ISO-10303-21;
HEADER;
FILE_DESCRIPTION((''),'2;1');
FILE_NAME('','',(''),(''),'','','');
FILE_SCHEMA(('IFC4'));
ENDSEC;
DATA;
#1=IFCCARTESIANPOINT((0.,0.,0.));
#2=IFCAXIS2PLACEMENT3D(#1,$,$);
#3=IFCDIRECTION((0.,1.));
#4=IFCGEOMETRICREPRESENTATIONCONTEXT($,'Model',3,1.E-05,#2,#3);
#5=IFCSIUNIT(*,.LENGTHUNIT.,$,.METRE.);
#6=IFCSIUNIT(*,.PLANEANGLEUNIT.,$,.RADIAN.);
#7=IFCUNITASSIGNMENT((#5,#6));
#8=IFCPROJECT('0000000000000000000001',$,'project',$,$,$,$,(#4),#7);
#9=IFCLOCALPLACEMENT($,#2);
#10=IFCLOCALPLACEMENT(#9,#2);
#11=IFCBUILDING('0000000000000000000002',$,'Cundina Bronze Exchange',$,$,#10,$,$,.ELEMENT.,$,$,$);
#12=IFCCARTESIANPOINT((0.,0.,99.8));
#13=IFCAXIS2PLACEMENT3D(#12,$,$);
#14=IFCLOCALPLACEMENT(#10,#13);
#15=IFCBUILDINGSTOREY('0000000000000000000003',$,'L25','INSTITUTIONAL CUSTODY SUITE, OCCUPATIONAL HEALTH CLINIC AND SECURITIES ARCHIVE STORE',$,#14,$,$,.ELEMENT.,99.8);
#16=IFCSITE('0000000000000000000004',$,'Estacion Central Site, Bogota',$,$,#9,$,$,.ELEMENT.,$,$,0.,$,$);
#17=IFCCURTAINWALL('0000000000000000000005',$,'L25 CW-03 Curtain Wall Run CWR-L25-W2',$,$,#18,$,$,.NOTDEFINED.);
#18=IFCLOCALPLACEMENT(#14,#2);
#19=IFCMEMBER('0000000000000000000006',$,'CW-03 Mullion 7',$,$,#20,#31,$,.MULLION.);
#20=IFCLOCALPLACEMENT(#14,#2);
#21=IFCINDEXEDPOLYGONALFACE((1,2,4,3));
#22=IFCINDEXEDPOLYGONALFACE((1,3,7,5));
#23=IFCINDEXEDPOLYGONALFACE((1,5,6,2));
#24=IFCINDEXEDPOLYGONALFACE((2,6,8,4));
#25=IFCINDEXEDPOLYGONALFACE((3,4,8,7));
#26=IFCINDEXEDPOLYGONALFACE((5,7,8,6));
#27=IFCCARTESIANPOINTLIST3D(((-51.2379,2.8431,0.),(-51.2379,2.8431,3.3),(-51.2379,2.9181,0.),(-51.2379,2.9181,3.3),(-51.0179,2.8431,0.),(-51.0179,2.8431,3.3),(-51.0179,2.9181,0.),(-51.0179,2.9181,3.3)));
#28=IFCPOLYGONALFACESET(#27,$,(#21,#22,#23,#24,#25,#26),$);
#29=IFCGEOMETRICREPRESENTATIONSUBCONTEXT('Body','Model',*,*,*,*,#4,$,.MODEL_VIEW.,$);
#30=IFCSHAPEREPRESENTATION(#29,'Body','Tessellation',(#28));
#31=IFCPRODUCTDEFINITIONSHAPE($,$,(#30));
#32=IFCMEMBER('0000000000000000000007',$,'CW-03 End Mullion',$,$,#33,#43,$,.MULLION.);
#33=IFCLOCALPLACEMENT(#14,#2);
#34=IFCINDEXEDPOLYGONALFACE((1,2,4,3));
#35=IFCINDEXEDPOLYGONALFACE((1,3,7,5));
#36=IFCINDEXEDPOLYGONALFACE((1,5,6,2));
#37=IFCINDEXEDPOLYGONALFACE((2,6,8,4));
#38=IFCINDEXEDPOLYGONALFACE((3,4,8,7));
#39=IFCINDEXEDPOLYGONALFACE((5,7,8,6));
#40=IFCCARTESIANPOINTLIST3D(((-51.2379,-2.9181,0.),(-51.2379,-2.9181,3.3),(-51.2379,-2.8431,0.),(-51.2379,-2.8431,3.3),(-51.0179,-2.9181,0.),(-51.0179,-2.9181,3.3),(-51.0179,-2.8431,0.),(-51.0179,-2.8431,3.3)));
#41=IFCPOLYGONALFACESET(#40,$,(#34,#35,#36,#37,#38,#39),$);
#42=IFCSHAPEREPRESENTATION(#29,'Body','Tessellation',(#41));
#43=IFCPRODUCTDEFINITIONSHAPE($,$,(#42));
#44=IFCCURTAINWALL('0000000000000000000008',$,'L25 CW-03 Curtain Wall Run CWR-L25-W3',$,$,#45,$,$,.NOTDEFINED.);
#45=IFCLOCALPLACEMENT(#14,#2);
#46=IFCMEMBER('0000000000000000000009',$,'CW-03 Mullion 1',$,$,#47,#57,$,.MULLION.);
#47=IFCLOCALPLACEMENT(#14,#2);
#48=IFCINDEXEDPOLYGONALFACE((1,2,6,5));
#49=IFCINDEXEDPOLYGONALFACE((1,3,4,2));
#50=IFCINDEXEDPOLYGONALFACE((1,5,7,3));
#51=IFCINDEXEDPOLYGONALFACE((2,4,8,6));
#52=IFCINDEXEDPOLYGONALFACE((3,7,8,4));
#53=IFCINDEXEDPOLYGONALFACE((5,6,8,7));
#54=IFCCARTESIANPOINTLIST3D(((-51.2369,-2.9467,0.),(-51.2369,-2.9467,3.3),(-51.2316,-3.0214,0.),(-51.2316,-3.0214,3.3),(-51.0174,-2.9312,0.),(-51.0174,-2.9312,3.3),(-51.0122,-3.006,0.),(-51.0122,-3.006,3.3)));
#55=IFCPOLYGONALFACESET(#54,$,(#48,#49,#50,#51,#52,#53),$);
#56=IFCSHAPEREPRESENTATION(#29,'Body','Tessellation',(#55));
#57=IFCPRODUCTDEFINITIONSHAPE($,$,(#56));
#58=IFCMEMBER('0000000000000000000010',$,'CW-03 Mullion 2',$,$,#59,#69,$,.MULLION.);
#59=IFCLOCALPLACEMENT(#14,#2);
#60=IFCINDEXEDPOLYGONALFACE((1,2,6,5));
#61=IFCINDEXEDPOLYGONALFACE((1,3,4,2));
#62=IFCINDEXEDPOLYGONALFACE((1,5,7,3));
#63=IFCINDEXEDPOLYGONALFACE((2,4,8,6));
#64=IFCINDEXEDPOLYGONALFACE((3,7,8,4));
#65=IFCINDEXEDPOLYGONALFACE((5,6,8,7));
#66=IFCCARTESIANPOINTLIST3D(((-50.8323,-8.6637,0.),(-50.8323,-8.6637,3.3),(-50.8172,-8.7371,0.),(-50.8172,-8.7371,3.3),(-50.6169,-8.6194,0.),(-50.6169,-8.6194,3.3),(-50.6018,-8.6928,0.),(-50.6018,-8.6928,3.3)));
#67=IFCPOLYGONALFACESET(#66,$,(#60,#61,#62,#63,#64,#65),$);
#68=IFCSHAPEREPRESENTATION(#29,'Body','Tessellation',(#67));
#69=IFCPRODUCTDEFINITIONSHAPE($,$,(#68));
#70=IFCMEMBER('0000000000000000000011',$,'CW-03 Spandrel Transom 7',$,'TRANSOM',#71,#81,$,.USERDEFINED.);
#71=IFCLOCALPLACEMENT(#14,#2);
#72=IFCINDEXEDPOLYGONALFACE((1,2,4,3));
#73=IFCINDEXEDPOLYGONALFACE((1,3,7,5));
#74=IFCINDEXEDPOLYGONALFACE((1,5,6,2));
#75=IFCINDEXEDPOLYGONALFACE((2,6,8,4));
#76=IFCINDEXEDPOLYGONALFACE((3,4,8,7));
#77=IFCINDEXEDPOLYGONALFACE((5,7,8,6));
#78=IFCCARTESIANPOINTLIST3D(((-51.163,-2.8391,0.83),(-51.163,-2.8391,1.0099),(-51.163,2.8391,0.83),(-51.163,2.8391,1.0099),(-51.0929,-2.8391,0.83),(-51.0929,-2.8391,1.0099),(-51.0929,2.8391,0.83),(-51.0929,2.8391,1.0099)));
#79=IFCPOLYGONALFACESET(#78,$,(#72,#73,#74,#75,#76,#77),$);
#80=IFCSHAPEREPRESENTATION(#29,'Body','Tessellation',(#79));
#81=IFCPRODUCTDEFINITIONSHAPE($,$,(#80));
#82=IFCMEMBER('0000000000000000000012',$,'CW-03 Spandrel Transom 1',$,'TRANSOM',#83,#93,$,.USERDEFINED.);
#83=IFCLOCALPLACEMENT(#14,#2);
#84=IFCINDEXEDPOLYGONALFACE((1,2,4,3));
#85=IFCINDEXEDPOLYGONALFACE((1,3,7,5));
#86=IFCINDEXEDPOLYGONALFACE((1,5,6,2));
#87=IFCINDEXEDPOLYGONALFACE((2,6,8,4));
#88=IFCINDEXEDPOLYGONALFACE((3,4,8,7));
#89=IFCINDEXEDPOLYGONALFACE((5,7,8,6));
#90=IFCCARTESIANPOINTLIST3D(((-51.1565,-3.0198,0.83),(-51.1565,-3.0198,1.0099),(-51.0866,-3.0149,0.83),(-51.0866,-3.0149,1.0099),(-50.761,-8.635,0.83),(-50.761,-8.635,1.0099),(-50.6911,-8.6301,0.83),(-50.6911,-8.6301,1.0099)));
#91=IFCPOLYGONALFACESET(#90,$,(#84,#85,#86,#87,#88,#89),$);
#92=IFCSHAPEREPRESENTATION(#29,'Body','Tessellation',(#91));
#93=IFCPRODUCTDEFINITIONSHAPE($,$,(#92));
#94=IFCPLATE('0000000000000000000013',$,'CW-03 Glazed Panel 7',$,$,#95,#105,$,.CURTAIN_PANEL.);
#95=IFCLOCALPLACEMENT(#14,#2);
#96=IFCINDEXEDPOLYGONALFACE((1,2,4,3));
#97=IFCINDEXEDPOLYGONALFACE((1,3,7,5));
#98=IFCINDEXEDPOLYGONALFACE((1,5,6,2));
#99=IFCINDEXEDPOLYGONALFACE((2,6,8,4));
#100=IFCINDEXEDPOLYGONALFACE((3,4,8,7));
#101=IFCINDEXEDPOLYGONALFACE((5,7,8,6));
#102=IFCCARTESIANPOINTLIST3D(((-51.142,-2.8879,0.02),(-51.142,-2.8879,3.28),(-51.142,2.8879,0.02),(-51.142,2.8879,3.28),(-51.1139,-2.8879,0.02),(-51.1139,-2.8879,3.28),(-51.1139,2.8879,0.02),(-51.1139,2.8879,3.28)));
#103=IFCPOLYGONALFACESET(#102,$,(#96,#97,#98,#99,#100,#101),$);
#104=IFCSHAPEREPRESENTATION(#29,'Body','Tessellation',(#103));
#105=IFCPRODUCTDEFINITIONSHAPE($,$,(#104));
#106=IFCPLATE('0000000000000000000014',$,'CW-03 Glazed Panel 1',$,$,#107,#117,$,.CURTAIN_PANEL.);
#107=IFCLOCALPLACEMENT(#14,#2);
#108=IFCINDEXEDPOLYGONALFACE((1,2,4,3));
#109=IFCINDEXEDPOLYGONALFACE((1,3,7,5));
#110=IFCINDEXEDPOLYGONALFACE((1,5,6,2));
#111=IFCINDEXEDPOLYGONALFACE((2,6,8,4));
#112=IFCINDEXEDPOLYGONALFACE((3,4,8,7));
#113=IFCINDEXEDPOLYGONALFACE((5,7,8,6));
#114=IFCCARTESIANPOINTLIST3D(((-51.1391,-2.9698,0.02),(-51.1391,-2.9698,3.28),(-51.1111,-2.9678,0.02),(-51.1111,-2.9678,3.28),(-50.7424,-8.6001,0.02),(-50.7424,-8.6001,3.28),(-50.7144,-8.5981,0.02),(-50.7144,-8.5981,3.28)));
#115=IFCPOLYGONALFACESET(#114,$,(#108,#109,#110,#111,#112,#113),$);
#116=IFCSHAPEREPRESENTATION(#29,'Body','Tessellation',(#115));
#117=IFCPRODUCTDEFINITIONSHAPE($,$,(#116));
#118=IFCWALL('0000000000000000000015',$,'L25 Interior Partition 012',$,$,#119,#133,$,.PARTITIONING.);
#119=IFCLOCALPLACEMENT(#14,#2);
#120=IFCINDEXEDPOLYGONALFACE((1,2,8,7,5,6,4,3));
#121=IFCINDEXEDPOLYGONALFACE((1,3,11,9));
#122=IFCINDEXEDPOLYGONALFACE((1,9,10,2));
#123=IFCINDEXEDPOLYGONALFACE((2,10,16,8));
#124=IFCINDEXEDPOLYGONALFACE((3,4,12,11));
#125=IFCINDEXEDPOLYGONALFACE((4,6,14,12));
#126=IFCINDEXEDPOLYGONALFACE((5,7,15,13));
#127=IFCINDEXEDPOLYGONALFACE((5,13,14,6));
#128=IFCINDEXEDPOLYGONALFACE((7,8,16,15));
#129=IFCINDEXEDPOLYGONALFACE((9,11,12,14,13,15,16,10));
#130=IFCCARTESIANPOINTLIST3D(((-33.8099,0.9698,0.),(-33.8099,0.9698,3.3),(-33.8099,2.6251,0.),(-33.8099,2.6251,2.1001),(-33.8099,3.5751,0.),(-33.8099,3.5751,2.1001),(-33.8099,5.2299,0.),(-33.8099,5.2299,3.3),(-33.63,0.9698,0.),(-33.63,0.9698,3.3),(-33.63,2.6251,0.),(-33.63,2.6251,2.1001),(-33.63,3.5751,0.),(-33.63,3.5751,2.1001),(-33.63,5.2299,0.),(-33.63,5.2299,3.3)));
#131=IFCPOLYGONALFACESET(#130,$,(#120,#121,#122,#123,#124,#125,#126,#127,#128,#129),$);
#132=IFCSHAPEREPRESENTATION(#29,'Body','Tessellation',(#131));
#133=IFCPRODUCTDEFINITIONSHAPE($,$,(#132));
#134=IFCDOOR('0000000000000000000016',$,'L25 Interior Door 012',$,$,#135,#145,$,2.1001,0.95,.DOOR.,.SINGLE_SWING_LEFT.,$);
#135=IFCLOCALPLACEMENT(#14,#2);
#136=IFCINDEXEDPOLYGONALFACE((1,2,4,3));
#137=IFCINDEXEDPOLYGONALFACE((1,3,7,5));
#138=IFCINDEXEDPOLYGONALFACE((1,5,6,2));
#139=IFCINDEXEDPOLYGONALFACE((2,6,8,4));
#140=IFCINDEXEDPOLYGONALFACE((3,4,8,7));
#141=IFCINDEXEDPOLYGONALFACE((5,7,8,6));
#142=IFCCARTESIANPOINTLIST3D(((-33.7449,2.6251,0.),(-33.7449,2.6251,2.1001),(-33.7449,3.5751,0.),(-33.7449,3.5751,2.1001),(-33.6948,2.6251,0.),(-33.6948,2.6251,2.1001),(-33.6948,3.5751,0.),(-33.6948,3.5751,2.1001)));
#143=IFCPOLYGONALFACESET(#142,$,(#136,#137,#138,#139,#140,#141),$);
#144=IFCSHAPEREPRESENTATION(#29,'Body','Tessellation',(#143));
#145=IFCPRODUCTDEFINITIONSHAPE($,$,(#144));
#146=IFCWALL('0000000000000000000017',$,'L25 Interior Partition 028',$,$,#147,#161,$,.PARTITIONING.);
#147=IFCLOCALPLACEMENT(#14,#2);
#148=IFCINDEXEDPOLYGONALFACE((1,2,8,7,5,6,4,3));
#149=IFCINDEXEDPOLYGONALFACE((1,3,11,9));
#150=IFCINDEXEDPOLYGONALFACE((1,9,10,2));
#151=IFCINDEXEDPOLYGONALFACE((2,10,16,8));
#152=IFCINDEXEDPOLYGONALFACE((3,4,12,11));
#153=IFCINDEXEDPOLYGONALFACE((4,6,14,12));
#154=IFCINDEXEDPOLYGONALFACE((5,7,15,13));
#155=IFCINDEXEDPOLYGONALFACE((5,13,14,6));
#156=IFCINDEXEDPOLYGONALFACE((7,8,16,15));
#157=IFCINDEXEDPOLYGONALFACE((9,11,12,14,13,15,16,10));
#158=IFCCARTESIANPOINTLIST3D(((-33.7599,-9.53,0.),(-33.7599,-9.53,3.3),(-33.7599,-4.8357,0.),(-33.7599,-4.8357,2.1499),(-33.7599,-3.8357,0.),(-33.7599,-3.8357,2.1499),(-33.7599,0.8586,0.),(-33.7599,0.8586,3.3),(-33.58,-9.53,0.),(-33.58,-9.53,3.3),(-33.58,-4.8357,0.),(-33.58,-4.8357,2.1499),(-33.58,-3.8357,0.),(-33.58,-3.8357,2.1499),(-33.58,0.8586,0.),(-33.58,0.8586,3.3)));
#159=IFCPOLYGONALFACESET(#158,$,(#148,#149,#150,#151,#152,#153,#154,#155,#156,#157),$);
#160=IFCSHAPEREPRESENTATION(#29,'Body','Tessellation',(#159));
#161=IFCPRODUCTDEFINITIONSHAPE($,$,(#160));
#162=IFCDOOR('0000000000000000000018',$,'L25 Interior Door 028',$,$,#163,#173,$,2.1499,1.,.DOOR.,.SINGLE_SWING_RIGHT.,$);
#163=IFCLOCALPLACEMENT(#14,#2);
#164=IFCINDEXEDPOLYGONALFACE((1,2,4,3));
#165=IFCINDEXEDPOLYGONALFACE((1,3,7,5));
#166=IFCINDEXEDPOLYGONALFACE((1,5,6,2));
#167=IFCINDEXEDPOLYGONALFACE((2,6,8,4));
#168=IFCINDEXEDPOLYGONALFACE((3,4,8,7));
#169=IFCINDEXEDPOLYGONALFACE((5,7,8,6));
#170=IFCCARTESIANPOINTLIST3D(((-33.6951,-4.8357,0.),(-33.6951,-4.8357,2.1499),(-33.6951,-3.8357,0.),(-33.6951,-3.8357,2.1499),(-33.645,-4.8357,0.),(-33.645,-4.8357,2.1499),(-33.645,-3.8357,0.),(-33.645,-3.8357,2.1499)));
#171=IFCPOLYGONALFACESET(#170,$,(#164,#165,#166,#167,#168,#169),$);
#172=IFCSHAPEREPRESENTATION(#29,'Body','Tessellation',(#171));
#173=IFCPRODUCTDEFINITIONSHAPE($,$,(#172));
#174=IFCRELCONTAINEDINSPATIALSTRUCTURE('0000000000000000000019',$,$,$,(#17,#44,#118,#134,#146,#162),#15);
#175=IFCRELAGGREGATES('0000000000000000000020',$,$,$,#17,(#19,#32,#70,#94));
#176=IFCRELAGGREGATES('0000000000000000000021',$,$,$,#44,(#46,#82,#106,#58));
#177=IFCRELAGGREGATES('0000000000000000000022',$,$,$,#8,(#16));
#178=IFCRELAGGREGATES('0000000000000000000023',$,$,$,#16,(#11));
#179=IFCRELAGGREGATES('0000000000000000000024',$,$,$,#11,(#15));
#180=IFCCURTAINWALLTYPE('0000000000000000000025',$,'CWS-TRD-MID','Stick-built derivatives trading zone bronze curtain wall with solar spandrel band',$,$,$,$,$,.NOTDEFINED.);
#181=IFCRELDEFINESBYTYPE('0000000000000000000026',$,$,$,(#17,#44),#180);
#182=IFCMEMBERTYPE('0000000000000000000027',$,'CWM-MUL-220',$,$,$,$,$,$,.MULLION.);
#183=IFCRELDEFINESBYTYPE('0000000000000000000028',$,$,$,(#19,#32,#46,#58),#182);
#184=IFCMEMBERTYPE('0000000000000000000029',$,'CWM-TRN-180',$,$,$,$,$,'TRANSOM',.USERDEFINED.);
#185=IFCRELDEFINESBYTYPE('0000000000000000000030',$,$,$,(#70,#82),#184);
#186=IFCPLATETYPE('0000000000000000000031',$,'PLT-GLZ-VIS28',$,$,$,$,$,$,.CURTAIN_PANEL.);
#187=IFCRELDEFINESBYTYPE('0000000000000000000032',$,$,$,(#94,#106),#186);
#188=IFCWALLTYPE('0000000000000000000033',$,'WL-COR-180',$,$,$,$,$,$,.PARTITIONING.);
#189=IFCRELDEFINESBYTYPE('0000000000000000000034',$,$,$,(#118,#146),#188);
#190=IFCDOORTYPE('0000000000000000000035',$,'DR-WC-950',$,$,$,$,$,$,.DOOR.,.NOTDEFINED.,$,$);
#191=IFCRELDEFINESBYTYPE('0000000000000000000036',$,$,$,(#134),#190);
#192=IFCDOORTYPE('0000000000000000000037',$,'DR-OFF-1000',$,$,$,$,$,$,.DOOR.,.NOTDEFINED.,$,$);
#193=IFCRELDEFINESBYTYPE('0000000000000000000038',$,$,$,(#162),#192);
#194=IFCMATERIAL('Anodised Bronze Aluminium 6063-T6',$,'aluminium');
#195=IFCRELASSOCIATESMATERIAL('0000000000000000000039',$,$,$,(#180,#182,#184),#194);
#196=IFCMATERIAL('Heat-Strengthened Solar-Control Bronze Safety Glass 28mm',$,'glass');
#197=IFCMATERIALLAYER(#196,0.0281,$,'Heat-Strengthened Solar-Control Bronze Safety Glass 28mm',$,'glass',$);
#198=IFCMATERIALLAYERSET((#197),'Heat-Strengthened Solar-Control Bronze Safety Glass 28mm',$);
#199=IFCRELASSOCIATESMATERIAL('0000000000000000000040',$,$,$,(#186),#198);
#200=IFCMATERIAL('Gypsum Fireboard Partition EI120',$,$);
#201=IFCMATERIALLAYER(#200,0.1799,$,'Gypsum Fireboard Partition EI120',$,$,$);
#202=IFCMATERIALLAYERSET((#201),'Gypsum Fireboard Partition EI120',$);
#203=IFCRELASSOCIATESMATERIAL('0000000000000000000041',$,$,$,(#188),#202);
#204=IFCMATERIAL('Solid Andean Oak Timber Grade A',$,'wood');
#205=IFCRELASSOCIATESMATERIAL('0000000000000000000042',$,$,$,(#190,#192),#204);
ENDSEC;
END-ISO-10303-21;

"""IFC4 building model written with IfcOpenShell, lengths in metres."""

from ifc_helpers import new_model, si_unit, direction, frame, frame_2d, origin, origin_2d, place, context, subcontext, project, spatial, rectangle, extrude, material, layer, layer_set, material_profile, profile_set, type_object, element, fill, aggregate, save


model = new_model("IFC4")

# Units and contexts
model_context = context("Model", 3, precision=1e-05, world=origin(), true_north=direction((0.0, 1.0)))
body_context = subcontext(model_context, "Body", "Model", "MODEL_VIEW")
ifc_project = project(units=[si_unit("LENGTHUNIT", "METRE"), si_unit("PLANEANGLEUNIT", "RADIAN")], contexts=[model_context])

# Site, building, storey
site_placement = place(None, origin())
site = spatial("IfcSite", under=ifc_project, at=site_placement, Name="Estacion Central Site, Bogota", CompositionType="ELEMENT", RefElevation=0.0)
building_placement = place(site_placement, origin())
building = spatial("IfcBuilding", under=site, at=building_placement, Name="Cundina Bronze Exchange", CompositionType="ELEMENT")
storey_placement = place(building_placement, frame((0.0, 0.0, 99.8)))
storey = spatial("IfcBuildingStorey", under=building, at=storey_placement, Name="L25", Description="INSTITUTIONAL CUSTODY SUITE, OCCUPATIONAL HEALTH CLINIC AND SECURITIES ARCHIVE STORE", CompositionType="ELEMENT", Elevation=99.8)

# Curtain walls, members
ifc_material_1 = material(Name="Anodised Bronze Aluminium 6063-T6", Category="aluminium")
curtain_wall_type = type_object("IfcCurtainWallType", Name="CWS-TRD-MID", Description="Stick-built derivatives trading zone bronze curtain wall with solar spandrel band", PredefinedType="NOTDEFINED", material=ifc_material_1)
curtain_wall_1_placement = place(storey_placement, origin())
curtain_wall_1 = element("IfcCurtainWall", 1, at=curtain_wall_1_placement, inside=storey, type_object=curtain_wall_type, Name="L25 CW-03 Curtain Wall Run CWR-L25-W2", PredefinedType="NOTDEFINED")
ifc_material_profile_1 = material_profile(ifc_material_1, rectangle(XDim=0.075, YDim=0.22, at=origin_2d()), Name="AL75X220", Category="aluminium")
ifc_profile_set_1 = profile_set([ifc_material_profile_1], Name="Anodised Bronze Aluminium 6063-T6")
member_type_1 = type_object("IfcMemberType", Name="CWM-MUL-220", PredefinedType="MULLION", material=ifc_profile_set_1)
member_1_placement = place(storey_placement, frame((-51.1279, 2.8806, 0.0), z_axis=(0.0, 0.0, 1.0), x_axis=(0.0, -1.0, 0.0)))
member_1 = element("IfcMember", 2, at=member_1_placement, type_object=member_type_1, Name="CW-03 Mullion 7", PredefinedType="MULLION", context=body_context, shape_type="SweptSolid", body=[
    extrude(rectangle(XDim=0.075, YDim=0.22, at=origin_2d()), origin(), (0.0, 0.0, 1.0), 3.3),
])
member_2_placement = place(storey_placement, frame((-51.1279, -2.8806, 0.0), z_axis=(0.0, 0.0, 1.0), x_axis=(0.0, -1.0, 0.0)))
member_2 = element("IfcMember", 3, at=member_2_placement, type_object=member_type_1, Name="CW-03 End Mullion", PredefinedType="MULLION", context=body_context, shape_type="SweptSolid", body=[
    extrude(rectangle(XDim=0.075, YDim=0.22, at=origin_2d()), origin(), (0.0, 0.0, 1.0), 3.3),
])
curtain_wall_2_placement = place(storey_placement, origin())
curtain_wall_2 = element("IfcCurtainWall", 4, at=curtain_wall_2_placement, inside=storey, type_object=curtain_wall_type, Name="L25 CW-03 Curtain Wall Run CWR-L25-W3", PredefinedType="NOTDEFINED")
member_3_placement = place(storey_placement, frame((-51.1245, -2.9763, 0.0), z_axis=(0.0, 0.0, 1.0), x_axis=(0.070279, -0.997527, 0.0)))
member_3 = element("IfcMember", 5, at=member_3_placement, type_object=member_type_1, Name="CW-03 Mullion 1", PredefinedType="MULLION", context=body_context, shape_type="SweptSolid", body=[
    extrude(rectangle(XDim=0.075, YDim=0.22, at=origin_2d()), origin(), (0.0, 0.0, 1.0), 3.3),
])
member_4_placement = place(storey_placement, frame((-50.717, -8.6782, 0.0), z_axis=(0.0, 0.0, 1.0), x_axis=(0.20142, -0.979505, 0.0)))
member_4 = element("IfcMember", 6, at=member_4_placement, type_object=member_type_1, Name="CW-03 Mullion 2", PredefinedType="MULLION", context=body_context, shape_type="SweptSolid", body=[
    extrude(rectangle(XDim=0.075, YDim=0.22, at=origin_2d()), origin(), (0.0, 0.0, 1.0), 3.3),
])

# Members
ifc_material_profile_2 = material_profile(ifc_material_1, rectangle(XDim=0.0701, YDim=0.1799, at=origin_2d()), Name="AL70X180", Category="aluminium")
ifc_profile_set_2 = profile_set([ifc_material_profile_2], Name="Anodised Bronze Aluminium 6063-T6")
member_type_2 = type_object("IfcMemberType", Name="CWM-TRN-180", ElementType="TRANSOM", PredefinedType="USERDEFINED", material=ifc_profile_set_2)
member_5_placement = place(storey_placement, frame((-51.1279, 2.8391, 0.9199), z_axis=(0.0, -1.0, 0.0), x_axis=(1.0, 0.0, 0.0)))
member_5 = element("IfcMember", 7, at=member_5_placement, type_object=member_type_2, Name="CW-03 Spandrel Transom 7", ObjectType="TRANSOM", PredefinedType="USERDEFINED", context=body_context, shape_type="SweptSolid", body=[
    extrude(rectangle(XDim=0.0701, YDim=0.1799, at=origin_2d()), origin(), (0.0, 0.0, 1.0), 5.6782),
])
member_6_placement = place(storey_placement, frame((-51.1216, -3.0173, 0.9199), z_axis=(0.070261, -0.997529, 0.0), x_axis=(0.997529, 0.070261, 0.0)))
member_6 = element("IfcMember", 8, at=member_6_placement, type_object=member_type_2, Name="CW-03 Spandrel Transom 1", ObjectType="TRANSOM", PredefinedType="USERDEFINED", context=body_context, shape_type="SweptSolid", body=[
    extrude(rectangle(XDim=0.0701, YDim=0.1799, at=origin_2d()), origin(), (0.0, 0.0, 1.0), 5.6292),
])

# Plates
ifc_material_2 = material(Name="Heat-Strengthened Solar-Control Bronze Safety Glass 28mm", Category="glass")
ifc_layer_1 = layer(ifc_material_2, 0.0281, Name="Heat-Strengthened Solar-Control Bronze Safety Glass 28mm", Category="glass")
ifc_layer_set_1 = layer_set([ifc_layer_1], Name="Heat-Strengthened Solar-Control Bronze Safety Glass 28mm")
plate_type = type_object("IfcPlateType", Name="PLT-GLZ-VIS28", PredefinedType="CURTAIN_PANEL", material=ifc_layer_set_1)
plate_1_placement = place(storey_placement, frame((-51.1279, 0.0, 0.02), z_axis=(0.0, 0.0, 1.0), x_axis=(0.0, -1.0, 0.0)))
plate_1 = element("IfcPlate", 9, at=plate_1_placement, type_object=plate_type, Name="CW-03 Glazed Panel 7", PredefinedType="CURTAIN_PANEL", context=body_context, shape_type="SweptSolid", body=[
    extrude(rectangle(XDim=5.7759, YDim=0.0281, at=origin_2d()), origin(), (0.0, 0.0, 1.0), 3.26),
])
aggregate(curtain_wall_1, [member_1, member_2, member_5, plate_1])
plate_2_placement = place(storey_placement, frame((-50.9268, -5.7839, 0.02), z_axis=(0.0, 0.0, 1.0), x_axis=(0.070279, -0.997527, 0.0)))
plate_2 = element("IfcPlate", 10, at=plate_2_placement, type_object=plate_type, Name="CW-03 Glazed Panel 1", PredefinedType="CURTAIN_PANEL", context=body_context, shape_type="SweptSolid", body=[
    extrude(rectangle(XDim=5.6443, YDim=0.0281, at=origin_2d()), origin(), (0.0, 0.0, 1.0), 3.26),
])
aggregate(curtain_wall_2, [member_3, member_6, plate_2, member_4])

# Walls, openings, doors
ifc_material_3 = material(Name="Gypsum Fireboard Partition EI120")
ifc_layer_2 = layer(ifc_material_3, 0.1799, Name="Gypsum Fireboard Partition EI120")
ifc_layer_set_2 = layer_set([ifc_layer_2], Name="Gypsum Fireboard Partition EI120")
wall_type_1 = type_object("IfcWallType", Name="WL-COR-180", PredefinedType="PARTITIONING", material=ifc_layer_set_2)
wall_1_placement = place(storey_placement, frame((-33.72, 0.97, 0.0), z_axis=(0.0, 0.0, 1.0), x_axis=(0.0, 1.0, 0.0)))
wall_1 = element("IfcWall", 11, at=wall_1_placement, inside=storey, type_object=wall_type_1, Name="L25 Interior Partition 012", PredefinedType="PARTITIONING", context=body_context, shape_type="SweptSolid", body=[
    extrude(rectangle(XDim=4.26, YDim=0.1799, at=frame_2d((2.1299, 0.0))), origin(), (0.0, 0.0, 1.0), 3.3),
])
opening_1_placement = place(wall_1_placement, frame((1.655, 0.0, 0.0)))
opening_1 = element("IfcOpeningElement", 12, at=opening_1_placement, cuts=wall_1, PredefinedType="OPENING", context=body_context, shape_type="SweptSolid", body=[
    extrude(rectangle(XDim=0.95, YDim=2.1001, at=frame_2d((0.4751, 1.05))), frame((0.0, 0.0999, 0.0), z_axis=(0.0, -1.0, 0.0), x_axis=(1.0, 0.0, 0.0)), (0.0, 0.0, 1.0), 0.2),
])
ifc_material_4 = material(Name="Solid Andean Oak Timber Grade A", Category="wood")
door_type_1 = type_object("IfcDoorType", Name="DR-WC-950", OperationType="NOTDEFINED", PredefinedType="DOOR", material=ifc_material_4)
door_1_placement = place(opening_1_placement, origin())
door_1 = element("IfcDoor", 13, at=door_1_placement, inside=storey, type_object=door_type_1, Name="L25 Interior Door 012", OperationType="SINGLE_SWING_LEFT", OverallHeight=2.1001, OverallWidth=0.95, PredefinedType="DOOR", context=body_context, shape_type="SweptSolid", body=[
    extrude(rectangle(XDim=0.95, YDim=2.1001, at=frame_2d((0.4751, 1.05))), frame((0.0, 0.0249, 0.0), z_axis=(0.0, -1.0, 0.0), x_axis=(1.0, 0.0, 0.0)), (0.0, 0.0, 1.0), 0.05),
])
fill(opening_1, door_1)
wall_2_placement = place(storey_placement, frame((-33.6699, 0.8586, 0.0), z_axis=(0.0, 0.0, 1.0), x_axis=(0.0, -1.0, 0.0)))
wall_2 = element("IfcWall", 14, at=wall_2_placement, inside=storey, type_object=wall_type_1, Name="L25 Interior Partition 028", PredefinedType="PARTITIONING", context=body_context, shape_type="SweptSolid", body=[
    extrude(rectangle(XDim=10.3887, YDim=0.1799, at=frame_2d((5.1943, 0.0))), origin(), (0.0, 0.0, 1.0), 3.3),
])
opening_2_placement = place(wall_2_placement, frame((4.6943, 0.0, 0.0)))
opening_2 = element("IfcOpeningElement", 15, at=opening_2_placement, cuts=wall_2, PredefinedType="OPENING", context=body_context, shape_type="SweptSolid", body=[
    extrude(rectangle(XDim=1.0, YDim=2.1499, at=frame_2d((0.5, 1.075))), frame((0.0, 0.0999, 0.0), z_axis=(0.0, -1.0, 0.0), x_axis=(1.0, 0.0, 0.0)), (0.0, 0.0, 1.0), 0.2),
])
door_type_2 = type_object("IfcDoorType", Name="DR-OFF-1000", OperationType="NOTDEFINED", PredefinedType="DOOR", material=ifc_material_4)
door_2_placement = place(opening_2_placement, origin())
door_2 = element("IfcDoor", 16, at=door_2_placement, inside=storey, type_object=door_type_2, Name="L25 Interior Door 028", OperationType="SINGLE_SWING_RIGHT", OverallHeight=2.1499, OverallWidth=1.0, PredefinedType="DOOR", context=body_context, shape_type="SweptSolid", body=[
    extrude(rectangle(XDim=1.0, YDim=2.1499, at=frame_2d((0.5, 1.075))), frame((0.0, 0.0249, 0.0), z_axis=(0.0, -1.0, 0.0), x_axis=(1.0, 0.0, 0.0)), (0.0, 0.0, 1.0), 0.05),
])
fill(opening_2, door_2)

save(model, "model.ifc")
